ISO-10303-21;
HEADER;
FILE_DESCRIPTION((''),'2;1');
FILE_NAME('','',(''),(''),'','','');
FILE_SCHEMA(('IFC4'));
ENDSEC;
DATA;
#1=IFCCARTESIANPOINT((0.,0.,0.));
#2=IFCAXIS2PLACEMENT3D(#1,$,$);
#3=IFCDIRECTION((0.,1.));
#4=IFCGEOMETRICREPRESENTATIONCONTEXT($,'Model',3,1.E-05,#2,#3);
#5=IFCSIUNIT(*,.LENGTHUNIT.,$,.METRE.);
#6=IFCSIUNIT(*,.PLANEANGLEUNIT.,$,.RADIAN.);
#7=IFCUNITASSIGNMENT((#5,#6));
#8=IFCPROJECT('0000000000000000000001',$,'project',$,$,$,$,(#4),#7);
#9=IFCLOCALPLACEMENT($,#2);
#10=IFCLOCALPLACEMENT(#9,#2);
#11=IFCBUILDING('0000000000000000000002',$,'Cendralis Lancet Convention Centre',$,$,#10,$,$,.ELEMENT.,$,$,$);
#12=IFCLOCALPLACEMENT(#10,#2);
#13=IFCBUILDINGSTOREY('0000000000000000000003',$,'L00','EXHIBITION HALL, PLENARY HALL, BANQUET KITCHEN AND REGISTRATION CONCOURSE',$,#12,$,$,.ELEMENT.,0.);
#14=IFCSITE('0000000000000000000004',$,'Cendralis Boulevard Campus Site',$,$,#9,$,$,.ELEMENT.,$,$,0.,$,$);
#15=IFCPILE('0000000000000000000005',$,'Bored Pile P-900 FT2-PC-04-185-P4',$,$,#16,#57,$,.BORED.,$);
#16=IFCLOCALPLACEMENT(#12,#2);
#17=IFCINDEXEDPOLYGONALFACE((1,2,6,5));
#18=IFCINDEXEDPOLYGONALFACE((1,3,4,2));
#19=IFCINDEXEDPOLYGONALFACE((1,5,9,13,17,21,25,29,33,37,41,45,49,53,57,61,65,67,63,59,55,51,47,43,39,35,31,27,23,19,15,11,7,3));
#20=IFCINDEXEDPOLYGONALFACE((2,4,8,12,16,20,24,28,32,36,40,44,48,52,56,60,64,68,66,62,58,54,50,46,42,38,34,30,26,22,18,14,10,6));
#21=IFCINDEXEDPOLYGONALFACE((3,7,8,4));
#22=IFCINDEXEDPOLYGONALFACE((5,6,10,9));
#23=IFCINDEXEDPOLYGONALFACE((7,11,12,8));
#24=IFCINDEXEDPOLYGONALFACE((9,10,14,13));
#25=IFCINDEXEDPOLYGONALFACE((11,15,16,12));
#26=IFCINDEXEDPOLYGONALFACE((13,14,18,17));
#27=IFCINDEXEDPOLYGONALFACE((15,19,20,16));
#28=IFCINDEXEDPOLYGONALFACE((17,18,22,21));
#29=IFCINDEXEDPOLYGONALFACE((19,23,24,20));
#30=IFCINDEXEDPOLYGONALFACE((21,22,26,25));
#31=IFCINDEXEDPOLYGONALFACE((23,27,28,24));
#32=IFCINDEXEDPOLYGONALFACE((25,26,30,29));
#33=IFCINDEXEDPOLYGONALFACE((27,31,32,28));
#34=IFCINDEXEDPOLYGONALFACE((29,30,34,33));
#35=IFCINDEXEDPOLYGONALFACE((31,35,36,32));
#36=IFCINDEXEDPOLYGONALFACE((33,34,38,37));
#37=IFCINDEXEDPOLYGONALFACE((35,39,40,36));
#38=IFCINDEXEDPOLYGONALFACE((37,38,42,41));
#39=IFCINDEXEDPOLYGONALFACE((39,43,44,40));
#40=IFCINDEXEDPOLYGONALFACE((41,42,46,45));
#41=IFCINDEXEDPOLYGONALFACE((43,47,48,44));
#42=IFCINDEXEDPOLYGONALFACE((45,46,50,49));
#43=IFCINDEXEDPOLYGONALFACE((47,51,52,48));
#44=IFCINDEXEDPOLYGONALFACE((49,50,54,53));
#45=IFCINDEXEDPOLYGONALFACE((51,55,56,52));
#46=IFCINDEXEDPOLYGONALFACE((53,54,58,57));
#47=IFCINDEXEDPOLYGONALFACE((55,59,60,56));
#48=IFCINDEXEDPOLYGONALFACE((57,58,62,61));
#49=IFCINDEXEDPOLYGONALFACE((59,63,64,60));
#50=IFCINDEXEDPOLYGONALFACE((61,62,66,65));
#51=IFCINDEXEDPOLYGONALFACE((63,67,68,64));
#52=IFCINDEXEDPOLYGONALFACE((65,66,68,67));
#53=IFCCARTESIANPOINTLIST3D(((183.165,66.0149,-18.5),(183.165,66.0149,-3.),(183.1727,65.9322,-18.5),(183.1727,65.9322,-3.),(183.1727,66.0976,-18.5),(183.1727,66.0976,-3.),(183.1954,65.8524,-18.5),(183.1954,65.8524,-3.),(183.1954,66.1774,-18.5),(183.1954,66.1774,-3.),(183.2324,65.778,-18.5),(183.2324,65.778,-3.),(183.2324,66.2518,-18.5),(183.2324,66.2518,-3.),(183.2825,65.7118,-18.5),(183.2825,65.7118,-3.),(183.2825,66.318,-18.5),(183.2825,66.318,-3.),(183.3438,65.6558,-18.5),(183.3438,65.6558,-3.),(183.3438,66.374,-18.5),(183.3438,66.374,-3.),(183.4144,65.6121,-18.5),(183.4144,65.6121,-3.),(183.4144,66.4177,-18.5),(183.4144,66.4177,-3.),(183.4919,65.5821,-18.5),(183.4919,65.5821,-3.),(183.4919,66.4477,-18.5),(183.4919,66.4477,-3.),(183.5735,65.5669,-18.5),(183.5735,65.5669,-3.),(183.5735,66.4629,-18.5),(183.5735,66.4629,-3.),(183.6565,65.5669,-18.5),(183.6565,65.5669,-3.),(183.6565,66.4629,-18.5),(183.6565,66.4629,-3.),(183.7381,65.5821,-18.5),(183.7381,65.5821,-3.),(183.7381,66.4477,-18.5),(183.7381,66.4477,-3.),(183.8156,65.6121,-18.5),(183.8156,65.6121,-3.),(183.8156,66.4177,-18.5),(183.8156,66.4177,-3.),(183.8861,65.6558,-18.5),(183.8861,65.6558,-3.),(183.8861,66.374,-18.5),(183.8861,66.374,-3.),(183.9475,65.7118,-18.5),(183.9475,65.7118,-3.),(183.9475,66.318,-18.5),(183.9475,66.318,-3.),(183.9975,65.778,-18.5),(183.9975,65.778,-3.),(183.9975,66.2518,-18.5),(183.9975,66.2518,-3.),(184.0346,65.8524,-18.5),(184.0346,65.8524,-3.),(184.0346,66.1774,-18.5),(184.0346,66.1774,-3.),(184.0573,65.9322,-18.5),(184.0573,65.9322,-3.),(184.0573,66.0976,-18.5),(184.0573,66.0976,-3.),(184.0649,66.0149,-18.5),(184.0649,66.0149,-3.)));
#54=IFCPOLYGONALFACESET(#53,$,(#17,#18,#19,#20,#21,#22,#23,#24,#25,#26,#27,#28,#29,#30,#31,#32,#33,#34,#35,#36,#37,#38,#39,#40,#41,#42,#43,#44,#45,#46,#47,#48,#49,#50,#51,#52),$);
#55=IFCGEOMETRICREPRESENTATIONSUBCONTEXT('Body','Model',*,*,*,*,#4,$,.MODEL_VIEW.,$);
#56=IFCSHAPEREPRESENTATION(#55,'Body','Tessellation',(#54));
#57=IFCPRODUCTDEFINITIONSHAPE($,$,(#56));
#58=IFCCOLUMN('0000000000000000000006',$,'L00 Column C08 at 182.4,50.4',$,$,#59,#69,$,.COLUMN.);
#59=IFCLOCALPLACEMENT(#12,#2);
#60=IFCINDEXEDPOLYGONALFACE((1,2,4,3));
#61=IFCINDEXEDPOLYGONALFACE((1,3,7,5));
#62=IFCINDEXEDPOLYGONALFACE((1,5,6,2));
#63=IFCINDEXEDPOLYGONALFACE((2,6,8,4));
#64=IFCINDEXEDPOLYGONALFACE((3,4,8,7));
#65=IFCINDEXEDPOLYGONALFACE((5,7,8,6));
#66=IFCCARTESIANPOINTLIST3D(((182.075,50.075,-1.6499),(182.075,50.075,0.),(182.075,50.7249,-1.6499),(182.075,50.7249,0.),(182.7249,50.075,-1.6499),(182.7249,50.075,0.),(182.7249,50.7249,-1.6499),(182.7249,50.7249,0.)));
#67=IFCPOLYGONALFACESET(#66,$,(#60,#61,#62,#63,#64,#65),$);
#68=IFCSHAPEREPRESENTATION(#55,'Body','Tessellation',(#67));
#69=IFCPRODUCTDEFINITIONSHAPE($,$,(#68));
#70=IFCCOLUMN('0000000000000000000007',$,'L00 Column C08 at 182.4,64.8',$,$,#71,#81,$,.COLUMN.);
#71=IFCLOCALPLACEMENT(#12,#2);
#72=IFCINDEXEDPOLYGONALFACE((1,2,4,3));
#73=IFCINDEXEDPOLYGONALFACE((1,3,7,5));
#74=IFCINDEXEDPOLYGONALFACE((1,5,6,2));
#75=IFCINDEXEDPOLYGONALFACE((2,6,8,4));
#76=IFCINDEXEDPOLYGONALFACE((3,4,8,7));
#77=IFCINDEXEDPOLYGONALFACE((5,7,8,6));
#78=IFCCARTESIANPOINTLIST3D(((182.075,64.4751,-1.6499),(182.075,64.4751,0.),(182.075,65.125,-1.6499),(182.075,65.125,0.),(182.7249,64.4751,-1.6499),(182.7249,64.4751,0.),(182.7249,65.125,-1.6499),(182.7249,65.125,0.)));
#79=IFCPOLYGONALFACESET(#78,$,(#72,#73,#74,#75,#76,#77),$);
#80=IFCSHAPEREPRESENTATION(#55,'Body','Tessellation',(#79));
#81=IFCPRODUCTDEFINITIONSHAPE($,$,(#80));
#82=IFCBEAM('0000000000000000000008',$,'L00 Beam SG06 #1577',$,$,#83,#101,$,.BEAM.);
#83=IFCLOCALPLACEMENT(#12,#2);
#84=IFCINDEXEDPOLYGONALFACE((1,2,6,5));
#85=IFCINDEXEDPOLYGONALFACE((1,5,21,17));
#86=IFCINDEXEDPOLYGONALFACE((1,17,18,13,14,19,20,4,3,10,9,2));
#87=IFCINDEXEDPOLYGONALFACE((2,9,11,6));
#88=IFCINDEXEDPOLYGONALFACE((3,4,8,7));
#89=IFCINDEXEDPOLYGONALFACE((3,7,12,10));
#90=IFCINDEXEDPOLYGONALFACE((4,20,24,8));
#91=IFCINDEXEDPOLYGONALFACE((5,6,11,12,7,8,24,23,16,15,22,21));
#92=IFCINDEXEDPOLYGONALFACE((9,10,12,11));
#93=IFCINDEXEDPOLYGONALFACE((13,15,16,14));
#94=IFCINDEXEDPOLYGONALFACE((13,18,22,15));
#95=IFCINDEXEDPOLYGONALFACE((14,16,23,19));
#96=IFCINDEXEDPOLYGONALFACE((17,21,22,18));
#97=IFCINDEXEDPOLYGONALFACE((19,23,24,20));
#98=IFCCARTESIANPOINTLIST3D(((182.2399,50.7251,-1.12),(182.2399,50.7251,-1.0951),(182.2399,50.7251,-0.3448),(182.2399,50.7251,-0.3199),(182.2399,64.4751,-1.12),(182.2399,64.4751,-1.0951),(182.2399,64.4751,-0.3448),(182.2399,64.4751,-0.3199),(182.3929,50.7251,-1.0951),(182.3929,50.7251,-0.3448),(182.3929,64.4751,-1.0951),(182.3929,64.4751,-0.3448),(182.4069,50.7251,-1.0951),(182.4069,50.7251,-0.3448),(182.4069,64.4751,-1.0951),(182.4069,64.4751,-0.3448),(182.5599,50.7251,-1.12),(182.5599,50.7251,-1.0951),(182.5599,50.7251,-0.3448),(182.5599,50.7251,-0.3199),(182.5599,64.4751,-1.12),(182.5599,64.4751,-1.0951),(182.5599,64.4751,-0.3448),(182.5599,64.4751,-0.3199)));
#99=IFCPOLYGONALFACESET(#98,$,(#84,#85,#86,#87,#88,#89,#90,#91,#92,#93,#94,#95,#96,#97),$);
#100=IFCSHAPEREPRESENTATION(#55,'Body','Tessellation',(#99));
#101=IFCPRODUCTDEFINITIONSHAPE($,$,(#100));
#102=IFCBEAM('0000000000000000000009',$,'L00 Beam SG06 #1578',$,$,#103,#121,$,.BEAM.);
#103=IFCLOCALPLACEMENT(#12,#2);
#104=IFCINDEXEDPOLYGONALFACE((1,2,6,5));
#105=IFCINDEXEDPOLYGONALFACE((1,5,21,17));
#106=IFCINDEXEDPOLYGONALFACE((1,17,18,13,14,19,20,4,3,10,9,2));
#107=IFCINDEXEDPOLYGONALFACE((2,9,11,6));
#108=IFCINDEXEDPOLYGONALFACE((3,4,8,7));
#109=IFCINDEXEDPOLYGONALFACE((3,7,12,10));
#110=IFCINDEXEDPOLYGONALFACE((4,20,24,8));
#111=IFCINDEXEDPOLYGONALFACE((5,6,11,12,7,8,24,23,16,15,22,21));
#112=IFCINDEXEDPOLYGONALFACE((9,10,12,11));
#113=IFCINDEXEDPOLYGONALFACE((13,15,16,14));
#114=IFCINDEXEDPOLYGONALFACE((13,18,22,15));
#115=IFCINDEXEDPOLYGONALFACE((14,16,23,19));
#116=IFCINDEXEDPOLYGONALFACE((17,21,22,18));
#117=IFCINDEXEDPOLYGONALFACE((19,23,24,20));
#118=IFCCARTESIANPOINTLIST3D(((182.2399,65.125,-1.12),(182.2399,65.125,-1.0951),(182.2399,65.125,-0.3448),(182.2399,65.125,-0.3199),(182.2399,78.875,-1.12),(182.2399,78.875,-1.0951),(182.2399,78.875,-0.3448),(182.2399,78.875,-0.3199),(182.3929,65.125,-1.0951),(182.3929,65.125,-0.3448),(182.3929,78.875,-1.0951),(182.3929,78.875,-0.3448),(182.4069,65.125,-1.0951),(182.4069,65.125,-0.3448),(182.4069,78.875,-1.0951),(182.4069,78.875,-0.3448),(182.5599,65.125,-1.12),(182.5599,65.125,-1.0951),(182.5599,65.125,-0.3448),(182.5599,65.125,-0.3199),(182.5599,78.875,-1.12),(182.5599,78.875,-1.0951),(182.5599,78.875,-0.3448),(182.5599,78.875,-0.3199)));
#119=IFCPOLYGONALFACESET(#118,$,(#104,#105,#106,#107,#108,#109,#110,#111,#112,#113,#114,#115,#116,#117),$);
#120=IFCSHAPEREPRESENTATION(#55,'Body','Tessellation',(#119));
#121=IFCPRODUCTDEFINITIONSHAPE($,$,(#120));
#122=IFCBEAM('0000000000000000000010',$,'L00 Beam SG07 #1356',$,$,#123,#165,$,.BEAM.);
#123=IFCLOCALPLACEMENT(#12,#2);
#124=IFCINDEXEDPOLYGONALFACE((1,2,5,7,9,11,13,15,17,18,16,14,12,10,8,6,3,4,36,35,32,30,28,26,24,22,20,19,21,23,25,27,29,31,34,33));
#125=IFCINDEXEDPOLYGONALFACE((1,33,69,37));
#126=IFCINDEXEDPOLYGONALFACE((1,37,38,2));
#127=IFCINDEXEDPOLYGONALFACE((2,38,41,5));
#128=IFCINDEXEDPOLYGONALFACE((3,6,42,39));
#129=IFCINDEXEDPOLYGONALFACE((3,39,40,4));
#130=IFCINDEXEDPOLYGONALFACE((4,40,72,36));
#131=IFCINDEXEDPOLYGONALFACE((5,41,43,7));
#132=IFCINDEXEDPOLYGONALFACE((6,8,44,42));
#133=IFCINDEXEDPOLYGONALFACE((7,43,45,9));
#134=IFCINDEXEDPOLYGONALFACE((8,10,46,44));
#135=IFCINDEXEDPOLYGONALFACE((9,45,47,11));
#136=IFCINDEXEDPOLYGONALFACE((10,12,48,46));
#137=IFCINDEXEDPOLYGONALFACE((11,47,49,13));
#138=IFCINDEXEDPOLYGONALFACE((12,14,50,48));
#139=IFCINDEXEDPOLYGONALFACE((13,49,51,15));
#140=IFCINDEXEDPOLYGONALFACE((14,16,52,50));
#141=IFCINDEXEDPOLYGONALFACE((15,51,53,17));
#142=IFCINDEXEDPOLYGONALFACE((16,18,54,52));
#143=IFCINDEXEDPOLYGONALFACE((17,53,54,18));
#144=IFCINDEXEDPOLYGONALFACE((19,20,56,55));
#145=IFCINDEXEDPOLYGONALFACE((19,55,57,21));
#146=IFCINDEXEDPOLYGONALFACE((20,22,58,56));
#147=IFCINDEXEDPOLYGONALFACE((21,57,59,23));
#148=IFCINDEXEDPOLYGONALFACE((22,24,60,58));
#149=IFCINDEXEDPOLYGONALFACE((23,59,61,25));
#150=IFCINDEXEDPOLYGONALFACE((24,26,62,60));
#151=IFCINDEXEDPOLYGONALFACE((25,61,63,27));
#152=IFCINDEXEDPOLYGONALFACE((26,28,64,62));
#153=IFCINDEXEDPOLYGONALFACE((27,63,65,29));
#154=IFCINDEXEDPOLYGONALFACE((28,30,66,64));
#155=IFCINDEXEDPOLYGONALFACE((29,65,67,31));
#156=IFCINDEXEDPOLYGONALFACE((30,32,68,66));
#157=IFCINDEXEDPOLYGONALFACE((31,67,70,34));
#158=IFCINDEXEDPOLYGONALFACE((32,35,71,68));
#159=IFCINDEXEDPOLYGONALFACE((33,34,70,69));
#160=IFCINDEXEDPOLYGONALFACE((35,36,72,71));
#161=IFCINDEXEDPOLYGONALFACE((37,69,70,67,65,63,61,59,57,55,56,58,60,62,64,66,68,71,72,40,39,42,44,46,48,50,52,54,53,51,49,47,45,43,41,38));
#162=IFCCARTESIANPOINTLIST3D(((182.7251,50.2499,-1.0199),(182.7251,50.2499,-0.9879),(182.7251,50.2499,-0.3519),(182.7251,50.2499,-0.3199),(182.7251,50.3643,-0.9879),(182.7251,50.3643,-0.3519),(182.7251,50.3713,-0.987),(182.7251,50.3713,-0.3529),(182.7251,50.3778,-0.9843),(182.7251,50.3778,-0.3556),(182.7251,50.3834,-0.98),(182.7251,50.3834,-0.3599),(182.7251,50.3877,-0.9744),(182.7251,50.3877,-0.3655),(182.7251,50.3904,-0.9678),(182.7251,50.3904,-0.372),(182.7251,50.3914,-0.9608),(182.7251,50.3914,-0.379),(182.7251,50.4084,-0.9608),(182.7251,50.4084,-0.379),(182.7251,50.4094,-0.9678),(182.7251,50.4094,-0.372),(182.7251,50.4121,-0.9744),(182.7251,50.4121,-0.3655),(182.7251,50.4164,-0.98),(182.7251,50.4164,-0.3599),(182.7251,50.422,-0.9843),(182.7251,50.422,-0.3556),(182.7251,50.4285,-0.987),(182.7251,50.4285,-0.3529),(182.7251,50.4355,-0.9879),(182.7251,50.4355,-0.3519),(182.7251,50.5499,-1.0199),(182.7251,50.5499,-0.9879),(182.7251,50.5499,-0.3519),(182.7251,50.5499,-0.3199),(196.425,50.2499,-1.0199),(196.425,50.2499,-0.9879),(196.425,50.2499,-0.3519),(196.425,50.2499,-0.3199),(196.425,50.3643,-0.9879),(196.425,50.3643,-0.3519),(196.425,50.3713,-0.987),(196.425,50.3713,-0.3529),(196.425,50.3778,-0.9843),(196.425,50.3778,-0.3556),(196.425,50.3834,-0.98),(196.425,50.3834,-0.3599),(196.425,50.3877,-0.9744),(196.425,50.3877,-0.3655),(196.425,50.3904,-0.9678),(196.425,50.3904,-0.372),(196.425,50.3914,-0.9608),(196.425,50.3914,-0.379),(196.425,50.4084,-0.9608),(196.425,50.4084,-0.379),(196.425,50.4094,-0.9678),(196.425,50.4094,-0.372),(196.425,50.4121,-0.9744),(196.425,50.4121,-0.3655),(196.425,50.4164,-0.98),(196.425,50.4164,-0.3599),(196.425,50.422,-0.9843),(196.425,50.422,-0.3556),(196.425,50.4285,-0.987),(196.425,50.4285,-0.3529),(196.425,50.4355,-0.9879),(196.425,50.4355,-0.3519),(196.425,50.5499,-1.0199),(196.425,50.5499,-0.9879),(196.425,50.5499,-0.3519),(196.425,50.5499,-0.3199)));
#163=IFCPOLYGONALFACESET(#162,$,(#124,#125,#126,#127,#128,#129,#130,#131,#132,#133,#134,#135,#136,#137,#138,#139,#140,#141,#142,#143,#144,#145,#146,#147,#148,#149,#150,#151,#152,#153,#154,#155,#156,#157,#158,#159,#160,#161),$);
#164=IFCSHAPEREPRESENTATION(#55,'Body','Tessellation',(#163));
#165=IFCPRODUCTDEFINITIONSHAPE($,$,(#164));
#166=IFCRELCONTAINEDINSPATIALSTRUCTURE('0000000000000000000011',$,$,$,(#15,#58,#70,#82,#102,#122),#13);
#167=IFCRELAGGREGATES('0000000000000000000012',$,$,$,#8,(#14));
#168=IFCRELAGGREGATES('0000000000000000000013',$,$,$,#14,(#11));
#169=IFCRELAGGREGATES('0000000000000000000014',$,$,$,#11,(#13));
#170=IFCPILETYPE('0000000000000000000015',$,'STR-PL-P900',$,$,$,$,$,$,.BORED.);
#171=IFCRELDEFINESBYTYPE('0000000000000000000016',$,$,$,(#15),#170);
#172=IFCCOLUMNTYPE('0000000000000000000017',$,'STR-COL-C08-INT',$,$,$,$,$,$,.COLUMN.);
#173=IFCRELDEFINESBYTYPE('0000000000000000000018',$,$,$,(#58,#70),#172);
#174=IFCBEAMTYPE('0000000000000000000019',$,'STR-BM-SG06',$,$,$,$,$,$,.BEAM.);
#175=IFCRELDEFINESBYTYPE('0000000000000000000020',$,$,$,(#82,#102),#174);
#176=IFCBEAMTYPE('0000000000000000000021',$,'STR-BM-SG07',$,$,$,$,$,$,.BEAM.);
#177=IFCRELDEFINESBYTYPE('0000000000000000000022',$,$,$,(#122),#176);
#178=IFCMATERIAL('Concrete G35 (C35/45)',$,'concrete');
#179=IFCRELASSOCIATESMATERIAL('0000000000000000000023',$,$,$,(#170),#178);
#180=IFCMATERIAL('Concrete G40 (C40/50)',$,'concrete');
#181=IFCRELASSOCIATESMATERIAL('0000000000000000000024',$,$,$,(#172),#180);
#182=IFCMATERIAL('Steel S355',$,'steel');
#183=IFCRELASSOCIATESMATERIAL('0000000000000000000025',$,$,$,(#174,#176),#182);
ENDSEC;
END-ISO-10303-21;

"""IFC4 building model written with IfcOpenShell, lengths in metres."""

from ifc_helpers import new_model, si_unit, direction, frame, origin, origin_2d, place, context, subcontext, project, spatial, rectangle, circle, i_section, extrude, material, material_profile, profile_set, type_object, element, save


model = new_model("IFC4")

# Units and contexts
model_context = context("Model", 3, precision=1e-05, world=origin(), true_north=direction((0.0, 1.0)))
body_context = subcontext(model_context, "Body", "Model", "MODEL_VIEW")
ifc_project = project(units=[si_unit("LENGTHUNIT", "METRE"), si_unit("PLANEANGLEUNIT", "RADIAN")], contexts=[model_context])

# Site, building, storey
site_placement = place(None, origin())
site = spatial("IfcSite", under=ifc_project, at=site_placement, Name="Cendralis Boulevard Campus Site", CompositionType="ELEMENT", RefElevation=0.0)
building_placement = place(site_placement, origin())
building = spatial("IfcBuilding", under=site, at=building_placement, Name="Cendralis Lancet Convention Centre", CompositionType="ELEMENT")
storey_placement = place(building_placement, origin())
storey = spatial("IfcBuildingStorey", under=building, at=storey_placement, Name="L00", Description="EXHIBITION HALL, PLENARY HALL, BANQUET KITCHEN AND REGISTRATION CONCOURSE", CompositionType="ELEMENT", Elevation=0.0)

# Shared definitions
ifc_material_1 = material(Name="Concrete G35 (C35/45)", Category="concrete")

# Pile
ifc_material_profile_1 = material_profile(ifc_material_1, circle(Radius=0.45, at=origin_2d()), Name="BORED PILE D900")
ifc_profile_set_1 = profile_set([ifc_material_profile_1], Name="Concrete G35 (C35/45)")
pile_type = type_object("IfcPileType", Name="STR-PL-P900", PredefinedType="BORED", material=ifc_profile_set_1)
for number, where, z_axis, x_axis, name in (
    (1, (183.615, 66.0149, -3.0), (0.0, 0.0, -1.0), (1.0, 0.0, 0.0), "Bored Pile P-900 FT2-PC-04-185-P4"),
):
    element("IfcPile", number, at=place(storey_placement, frame(where, z_axis=z_axis, x_axis=x_axis)), inside=storey, type_object=pile_type, Name=name, PredefinedType="BORED", context=body_context, shape_type="SweptSolid", body=[
        extrude(circle(Radius=0.45, at=origin_2d()), origin(), (0.0, 0.0, 1.0), 15.5),
    ])

# Columns
ifc_material_2 = material(Name="Concrete G40 (C40/50)", Category="concrete")
ifc_material_profile_2 = material_profile(ifc_material_2, rectangle(XDim=0.6499, YDim=0.6499, at=origin_2d()), Name="RC 650x650")
ifc_profile_set_2 = profile_set([ifc_material_profile_2], Name="Concrete G40 (C40/50)")
column_type = type_object("IfcColumnType", Name="STR-COL-C08-INT", PredefinedType="COLUMN", material=ifc_profile_set_2)
for number, where, z_axis, x_axis, name in (
    (2, (182.3999, 50.3999, -1.6499), (0.0, 0.0, 1.0), (1.0, 0.0, 0.0), "L00 Column C08 at 182.4,50.4"),
    (3, (182.3999, 64.8, -1.6499), (0.0, 0.0, 1.0), (1.0, 0.0, 0.0), "L00 Column C08 at 182.4,64.8"),
):
    element("IfcColumn", number, at=place(storey_placement, frame(where, z_axis=z_axis, x_axis=x_axis)), inside=storey, type_object=column_type, Name=name, PredefinedType="COLUMN", context=body_context, shape_type="SweptSolid", body=[
        extrude(rectangle(XDim=0.6499, YDim=0.6499, at=origin_2d()), origin(), (0.0, 0.0, 1.0), 1.6499),
    ])

# Beams
ifc_material_3 = material(Name="Steel S355", Category="steel")
ifc_material_profile_3 = material_profile(ifc_material_3, i_section(OverallWidth=0.3201, OverallDepth=0.8, WebThickness=0.0139, FlangeThickness=0.0249, at=origin_2d()), Name="PG 800x320")
ifc_profile_set_3 = profile_set([ifc_material_profile_3], Name="Steel S355")
beam_type_1 = type_object("IfcBeamType", Name="STR-BM-SG06", PredefinedType="BEAM", material=ifc_profile_set_3)
for number, where, z_axis, x_axis, name in (
    (4, (182.3999, 50.7251, -0.72), (0.0, 1.0, 0.0), (-1.0, 0.0, 0.0), "L00 Beam SG06 #1577"),
    (5, (182.3999, 65.125, -0.72), (0.0, 1.0, 0.0), (-1.0, 0.0, 0.0), "L00 Beam SG06 #1578"),
):
    element("IfcBeam", number, at=place(storey_placement, frame(where, z_axis=z_axis, x_axis=x_axis)), inside=storey, type_object=beam_type_1, Name=name, PredefinedType="BEAM", context=body_context, shape_type="SweptSolid", body=[
        extrude(i_section(OverallWidth=0.3201, OverallDepth=0.8, WebThickness=0.0139, FlangeThickness=0.0249, at=origin_2d()), origin(), (0.0, 0.0, 1.0), 13.75),
    ])
ifc_material_profile_4 = material_profile(ifc_material_3, i_section(OverallWidth=0.3, OverallDepth=0.7, WebThickness=0.0171, FlangeThickness=0.032, FilletRadius=0.0271, at=origin_2d()), Name="HEB 700")
ifc_profile_set_4 = profile_set([ifc_material_profile_4], Name="Steel S355")
beam_type_2 = type_object("IfcBeamType", Name="STR-BM-SG07", PredefinedType="BEAM", material=ifc_profile_set_4)
for number, where, z_axis, x_axis, name in (
    (6, (182.7251, 50.3999, -0.6699), (1.0, 0.0, 0.0), (0.0, 1.0, 0.0), "L00 Beam SG07 #1356"),
):
    element("IfcBeam", number, at=place(storey_placement, frame(where, z_axis=z_axis, x_axis=x_axis)), inside=storey, type_object=beam_type_2, Name=name, PredefinedType="BEAM", context=body_context, shape_type="SweptSolid", body=[
        extrude(i_section(OverallWidth=0.3, OverallDepth=0.7, WebThickness=0.0171, FlangeThickness=0.032, FilletRadius=0.0271, at=origin_2d()), origin(), (0.0, 0.0, 1.0), 13.7),
    ])

save(model, "model.ifc")
